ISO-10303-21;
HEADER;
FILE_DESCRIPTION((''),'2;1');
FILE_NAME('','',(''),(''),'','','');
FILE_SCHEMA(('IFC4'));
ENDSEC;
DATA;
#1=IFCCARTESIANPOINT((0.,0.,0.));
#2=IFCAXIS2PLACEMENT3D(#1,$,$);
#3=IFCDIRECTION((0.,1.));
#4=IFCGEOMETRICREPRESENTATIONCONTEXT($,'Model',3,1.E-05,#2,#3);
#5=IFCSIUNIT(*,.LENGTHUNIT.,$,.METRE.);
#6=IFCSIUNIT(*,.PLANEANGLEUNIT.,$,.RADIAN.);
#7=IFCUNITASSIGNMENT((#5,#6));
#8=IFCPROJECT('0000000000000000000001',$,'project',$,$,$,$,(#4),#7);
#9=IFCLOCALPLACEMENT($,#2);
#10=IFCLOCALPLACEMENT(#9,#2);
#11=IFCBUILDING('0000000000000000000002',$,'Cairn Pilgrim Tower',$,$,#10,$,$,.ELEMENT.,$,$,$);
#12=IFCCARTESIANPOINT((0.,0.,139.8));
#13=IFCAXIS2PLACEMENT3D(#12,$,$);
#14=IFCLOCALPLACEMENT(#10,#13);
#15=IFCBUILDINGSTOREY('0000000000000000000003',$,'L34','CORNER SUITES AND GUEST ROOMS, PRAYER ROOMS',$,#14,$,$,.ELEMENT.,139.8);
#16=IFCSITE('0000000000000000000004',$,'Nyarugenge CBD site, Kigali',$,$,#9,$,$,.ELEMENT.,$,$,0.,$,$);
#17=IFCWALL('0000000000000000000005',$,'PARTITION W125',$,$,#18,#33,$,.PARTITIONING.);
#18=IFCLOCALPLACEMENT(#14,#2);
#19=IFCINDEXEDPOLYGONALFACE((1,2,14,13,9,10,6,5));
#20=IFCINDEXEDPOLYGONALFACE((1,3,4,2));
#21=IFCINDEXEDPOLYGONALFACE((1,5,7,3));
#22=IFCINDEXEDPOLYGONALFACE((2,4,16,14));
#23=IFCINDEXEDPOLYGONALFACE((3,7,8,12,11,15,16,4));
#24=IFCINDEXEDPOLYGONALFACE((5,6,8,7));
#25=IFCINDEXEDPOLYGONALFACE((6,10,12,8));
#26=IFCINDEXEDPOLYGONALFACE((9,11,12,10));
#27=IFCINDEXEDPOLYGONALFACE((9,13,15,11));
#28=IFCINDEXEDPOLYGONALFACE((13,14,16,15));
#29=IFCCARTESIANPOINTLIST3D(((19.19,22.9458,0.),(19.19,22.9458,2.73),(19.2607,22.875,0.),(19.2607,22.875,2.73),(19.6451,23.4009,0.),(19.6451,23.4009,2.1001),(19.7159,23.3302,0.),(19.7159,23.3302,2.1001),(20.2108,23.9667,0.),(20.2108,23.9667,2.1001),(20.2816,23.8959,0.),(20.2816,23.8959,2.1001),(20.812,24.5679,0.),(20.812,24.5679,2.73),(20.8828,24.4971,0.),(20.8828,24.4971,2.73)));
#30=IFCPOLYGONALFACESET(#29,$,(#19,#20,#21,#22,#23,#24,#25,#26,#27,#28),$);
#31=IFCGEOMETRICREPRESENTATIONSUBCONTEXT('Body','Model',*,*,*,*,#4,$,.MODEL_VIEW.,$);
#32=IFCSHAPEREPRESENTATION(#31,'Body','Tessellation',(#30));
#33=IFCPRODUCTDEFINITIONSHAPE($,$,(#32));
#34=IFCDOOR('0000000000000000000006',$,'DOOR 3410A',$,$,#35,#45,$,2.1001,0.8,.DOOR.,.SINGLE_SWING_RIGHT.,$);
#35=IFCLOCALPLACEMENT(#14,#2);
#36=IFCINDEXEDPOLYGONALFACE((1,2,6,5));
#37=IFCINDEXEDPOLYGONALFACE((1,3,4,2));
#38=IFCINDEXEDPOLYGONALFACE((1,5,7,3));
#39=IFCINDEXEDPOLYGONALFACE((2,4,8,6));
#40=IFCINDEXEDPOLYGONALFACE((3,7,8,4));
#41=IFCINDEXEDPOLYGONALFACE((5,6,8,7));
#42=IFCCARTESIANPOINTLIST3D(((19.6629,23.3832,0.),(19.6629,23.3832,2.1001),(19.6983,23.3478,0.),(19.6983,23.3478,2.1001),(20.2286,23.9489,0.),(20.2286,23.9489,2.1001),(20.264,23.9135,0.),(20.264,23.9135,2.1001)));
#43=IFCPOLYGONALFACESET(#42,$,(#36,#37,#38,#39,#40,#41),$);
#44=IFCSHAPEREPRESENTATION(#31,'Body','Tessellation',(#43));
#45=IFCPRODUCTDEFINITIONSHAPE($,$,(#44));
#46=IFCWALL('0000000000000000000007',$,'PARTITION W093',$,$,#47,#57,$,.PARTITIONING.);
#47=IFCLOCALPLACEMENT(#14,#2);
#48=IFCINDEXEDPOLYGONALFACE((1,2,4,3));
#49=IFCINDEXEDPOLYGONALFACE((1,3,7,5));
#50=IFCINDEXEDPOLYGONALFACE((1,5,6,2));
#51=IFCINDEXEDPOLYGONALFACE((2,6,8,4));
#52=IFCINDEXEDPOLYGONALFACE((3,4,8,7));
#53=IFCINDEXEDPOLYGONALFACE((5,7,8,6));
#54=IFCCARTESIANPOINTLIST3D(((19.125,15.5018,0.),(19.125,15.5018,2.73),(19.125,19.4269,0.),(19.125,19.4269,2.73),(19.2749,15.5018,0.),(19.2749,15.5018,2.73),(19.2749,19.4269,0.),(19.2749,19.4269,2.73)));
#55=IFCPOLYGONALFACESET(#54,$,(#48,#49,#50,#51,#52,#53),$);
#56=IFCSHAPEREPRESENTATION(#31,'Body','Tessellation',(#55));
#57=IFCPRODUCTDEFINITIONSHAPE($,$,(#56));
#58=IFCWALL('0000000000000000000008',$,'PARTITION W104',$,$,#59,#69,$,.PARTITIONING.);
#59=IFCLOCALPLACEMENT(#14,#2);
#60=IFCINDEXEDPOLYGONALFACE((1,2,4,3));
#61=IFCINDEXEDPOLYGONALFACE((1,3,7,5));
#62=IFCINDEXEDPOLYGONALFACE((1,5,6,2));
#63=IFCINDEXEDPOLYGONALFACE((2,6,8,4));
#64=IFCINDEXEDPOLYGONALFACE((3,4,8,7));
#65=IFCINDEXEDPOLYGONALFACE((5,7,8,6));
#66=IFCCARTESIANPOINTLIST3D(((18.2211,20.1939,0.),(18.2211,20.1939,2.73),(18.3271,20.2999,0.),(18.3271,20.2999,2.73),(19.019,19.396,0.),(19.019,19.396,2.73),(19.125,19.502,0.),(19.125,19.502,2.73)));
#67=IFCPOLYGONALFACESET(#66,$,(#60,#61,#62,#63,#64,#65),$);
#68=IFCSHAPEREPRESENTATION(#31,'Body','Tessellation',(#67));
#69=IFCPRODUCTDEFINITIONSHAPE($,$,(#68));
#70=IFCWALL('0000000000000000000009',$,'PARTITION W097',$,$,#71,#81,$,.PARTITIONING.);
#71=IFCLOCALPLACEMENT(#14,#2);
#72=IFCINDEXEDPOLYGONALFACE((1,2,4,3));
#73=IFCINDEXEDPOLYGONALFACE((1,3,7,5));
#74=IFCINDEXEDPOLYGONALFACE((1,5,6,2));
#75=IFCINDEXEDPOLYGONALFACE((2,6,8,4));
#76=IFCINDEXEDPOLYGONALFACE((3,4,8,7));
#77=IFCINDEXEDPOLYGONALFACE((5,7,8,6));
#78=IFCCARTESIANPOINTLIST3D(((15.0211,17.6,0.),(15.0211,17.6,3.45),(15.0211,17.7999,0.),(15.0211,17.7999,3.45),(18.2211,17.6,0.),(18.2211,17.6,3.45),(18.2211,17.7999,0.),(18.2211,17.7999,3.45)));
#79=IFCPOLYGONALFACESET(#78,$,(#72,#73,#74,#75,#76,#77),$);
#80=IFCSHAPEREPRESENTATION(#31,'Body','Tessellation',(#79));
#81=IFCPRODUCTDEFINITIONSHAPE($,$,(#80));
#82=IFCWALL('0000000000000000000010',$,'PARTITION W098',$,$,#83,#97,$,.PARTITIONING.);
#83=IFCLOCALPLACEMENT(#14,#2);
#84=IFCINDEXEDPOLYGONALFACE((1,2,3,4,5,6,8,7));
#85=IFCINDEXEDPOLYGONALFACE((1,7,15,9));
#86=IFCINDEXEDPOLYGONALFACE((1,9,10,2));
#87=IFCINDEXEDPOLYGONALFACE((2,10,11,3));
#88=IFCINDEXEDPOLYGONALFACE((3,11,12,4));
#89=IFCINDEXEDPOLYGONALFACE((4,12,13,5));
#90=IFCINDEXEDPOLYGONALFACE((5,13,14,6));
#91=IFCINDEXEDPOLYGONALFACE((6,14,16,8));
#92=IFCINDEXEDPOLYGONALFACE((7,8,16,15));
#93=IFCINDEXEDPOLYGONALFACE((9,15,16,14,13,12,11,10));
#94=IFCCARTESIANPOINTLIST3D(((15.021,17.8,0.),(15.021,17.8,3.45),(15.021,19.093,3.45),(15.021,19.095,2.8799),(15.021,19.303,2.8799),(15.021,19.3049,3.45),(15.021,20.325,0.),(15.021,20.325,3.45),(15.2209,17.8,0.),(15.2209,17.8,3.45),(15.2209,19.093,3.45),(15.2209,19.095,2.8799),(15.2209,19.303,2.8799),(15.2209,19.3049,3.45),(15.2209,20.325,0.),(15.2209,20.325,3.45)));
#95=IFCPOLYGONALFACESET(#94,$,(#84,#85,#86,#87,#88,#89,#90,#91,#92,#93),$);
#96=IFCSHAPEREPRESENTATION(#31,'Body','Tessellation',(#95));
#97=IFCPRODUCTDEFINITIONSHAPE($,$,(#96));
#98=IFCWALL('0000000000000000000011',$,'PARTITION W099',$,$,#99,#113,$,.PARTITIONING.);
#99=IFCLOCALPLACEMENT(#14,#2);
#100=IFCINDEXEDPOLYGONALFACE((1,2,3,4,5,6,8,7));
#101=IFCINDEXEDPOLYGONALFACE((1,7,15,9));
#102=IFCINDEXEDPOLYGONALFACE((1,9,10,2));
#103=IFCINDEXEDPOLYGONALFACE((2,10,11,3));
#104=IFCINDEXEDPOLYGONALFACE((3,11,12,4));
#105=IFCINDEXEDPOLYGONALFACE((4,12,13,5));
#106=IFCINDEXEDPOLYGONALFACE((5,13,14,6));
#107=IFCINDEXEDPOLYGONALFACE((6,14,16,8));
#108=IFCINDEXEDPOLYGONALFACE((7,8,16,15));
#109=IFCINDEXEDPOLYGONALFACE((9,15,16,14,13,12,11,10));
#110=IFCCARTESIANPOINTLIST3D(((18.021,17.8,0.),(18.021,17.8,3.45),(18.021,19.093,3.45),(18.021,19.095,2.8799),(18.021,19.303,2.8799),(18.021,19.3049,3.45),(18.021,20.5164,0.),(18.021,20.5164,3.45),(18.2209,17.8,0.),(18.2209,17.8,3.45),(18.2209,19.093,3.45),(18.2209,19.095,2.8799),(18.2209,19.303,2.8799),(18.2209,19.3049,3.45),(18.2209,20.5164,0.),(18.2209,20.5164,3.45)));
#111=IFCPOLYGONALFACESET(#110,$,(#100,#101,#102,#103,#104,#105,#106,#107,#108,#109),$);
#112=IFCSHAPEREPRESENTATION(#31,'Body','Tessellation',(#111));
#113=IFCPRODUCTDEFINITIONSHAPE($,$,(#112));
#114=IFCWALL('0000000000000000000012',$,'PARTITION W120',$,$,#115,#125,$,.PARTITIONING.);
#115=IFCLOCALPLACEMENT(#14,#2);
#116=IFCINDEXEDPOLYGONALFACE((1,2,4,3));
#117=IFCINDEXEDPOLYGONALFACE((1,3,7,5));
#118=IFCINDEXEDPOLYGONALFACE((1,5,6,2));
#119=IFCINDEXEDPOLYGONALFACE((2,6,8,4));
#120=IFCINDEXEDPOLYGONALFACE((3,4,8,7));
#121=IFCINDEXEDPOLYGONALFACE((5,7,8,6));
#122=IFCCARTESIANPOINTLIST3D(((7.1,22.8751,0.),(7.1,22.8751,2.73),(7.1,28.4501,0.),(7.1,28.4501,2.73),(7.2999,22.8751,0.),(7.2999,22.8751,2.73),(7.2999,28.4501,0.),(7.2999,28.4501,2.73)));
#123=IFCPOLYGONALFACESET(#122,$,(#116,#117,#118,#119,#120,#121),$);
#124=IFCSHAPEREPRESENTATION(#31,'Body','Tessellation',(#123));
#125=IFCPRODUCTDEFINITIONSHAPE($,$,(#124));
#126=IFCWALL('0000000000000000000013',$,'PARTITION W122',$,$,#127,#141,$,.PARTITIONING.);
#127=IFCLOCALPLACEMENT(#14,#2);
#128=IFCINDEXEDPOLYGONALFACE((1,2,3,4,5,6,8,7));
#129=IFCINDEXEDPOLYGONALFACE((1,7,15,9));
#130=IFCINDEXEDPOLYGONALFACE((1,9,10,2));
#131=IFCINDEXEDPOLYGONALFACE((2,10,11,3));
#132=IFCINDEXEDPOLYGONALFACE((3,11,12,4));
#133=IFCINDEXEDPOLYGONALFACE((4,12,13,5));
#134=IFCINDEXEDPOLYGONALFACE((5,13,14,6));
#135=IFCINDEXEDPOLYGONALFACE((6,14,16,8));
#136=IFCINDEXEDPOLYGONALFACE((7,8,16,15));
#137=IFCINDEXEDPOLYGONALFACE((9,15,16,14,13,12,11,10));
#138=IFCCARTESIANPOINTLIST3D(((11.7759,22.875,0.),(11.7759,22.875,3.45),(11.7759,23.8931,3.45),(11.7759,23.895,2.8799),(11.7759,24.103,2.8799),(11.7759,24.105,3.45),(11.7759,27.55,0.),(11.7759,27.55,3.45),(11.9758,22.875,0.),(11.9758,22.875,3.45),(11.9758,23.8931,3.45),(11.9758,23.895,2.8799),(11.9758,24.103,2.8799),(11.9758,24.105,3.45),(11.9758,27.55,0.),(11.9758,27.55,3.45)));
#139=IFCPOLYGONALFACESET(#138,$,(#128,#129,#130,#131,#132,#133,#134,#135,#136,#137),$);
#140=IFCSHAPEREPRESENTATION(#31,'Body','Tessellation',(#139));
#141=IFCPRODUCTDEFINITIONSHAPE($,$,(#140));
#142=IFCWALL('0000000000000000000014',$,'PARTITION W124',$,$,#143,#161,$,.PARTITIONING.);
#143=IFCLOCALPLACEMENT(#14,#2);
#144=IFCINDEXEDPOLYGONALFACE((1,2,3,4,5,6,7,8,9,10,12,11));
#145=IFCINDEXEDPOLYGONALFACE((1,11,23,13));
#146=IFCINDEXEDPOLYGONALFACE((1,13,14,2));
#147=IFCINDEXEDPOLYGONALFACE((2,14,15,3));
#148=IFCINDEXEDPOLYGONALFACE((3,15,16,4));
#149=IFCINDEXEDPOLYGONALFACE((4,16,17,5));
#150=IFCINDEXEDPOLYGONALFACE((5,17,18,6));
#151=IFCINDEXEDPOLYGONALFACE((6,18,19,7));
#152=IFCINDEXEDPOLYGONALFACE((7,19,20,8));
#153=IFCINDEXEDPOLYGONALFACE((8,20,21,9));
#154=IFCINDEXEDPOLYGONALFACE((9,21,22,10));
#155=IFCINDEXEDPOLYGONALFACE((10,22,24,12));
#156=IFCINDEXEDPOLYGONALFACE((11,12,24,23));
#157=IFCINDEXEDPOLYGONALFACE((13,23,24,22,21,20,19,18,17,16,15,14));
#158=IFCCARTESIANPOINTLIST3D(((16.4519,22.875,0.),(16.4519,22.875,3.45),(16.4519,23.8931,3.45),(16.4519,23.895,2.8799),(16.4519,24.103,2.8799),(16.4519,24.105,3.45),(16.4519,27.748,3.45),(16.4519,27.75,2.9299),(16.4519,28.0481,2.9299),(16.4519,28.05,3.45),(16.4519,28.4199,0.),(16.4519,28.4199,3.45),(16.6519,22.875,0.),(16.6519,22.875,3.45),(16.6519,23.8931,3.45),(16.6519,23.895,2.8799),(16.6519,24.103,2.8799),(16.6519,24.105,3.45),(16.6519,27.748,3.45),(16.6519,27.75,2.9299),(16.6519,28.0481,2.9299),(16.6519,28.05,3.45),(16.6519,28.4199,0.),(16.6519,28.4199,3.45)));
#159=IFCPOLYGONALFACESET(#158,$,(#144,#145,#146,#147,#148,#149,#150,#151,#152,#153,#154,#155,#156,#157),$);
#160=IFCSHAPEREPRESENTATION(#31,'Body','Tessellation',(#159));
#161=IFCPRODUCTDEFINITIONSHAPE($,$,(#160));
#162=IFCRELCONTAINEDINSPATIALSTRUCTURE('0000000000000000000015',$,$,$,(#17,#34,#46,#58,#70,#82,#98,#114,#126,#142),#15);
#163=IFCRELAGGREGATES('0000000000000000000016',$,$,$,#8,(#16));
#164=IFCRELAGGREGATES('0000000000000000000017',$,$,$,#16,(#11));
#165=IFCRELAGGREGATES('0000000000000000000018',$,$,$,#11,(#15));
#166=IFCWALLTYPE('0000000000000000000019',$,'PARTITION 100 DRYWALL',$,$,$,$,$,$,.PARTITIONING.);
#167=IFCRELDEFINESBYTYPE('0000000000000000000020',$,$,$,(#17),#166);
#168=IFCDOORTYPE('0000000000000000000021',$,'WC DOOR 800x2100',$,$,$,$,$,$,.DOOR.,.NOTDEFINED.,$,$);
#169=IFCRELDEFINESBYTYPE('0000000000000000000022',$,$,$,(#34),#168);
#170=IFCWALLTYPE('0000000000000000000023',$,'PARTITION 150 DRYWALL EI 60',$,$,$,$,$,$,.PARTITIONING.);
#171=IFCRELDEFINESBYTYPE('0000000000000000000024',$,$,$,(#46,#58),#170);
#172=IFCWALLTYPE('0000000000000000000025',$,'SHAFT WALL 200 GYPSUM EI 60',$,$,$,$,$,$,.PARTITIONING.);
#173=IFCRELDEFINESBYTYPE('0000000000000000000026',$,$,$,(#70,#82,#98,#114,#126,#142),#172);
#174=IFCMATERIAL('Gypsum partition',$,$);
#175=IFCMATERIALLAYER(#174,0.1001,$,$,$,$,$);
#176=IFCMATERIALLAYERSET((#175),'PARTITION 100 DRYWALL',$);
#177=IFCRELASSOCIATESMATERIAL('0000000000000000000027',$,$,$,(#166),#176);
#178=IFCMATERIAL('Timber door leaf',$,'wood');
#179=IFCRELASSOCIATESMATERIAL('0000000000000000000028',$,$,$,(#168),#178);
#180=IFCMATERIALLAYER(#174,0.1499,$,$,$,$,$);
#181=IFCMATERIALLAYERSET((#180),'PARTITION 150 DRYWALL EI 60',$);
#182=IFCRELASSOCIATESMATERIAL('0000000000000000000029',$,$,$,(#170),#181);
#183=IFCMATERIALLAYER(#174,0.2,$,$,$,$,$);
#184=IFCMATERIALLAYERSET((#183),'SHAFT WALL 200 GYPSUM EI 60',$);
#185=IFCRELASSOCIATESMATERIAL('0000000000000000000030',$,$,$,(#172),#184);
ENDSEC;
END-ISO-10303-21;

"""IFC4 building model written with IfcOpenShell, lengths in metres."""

from ifc_helpers import new_model, si_unit, direction, frame, frame_2d, origin, place, context, subcontext, project, spatial, polyline, rectangle, outline, extrude, material, layer, layer_set, type_object, element, fill, save


model = new_model("IFC4")

# Units and contexts
model_context = context("Model", 3, precision=1e-05, world=origin(), true_north=direction((0.0, 1.0)))
body_context = subcontext(model_context, "Body", "Model", "MODEL_VIEW")
ifc_project = project(units=[si_unit("LENGTHUNIT", "METRE"), si_unit("PLANEANGLEUNIT", "RADIAN")], contexts=[model_context])

# Site, building, storey
site_placement = place(None, origin())
site = spatial("IfcSite", under=ifc_project, at=site_placement, Name="Nyarugenge CBD site, Kigali", CompositionType="ELEMENT", RefElevation=0.0)
building_placement = place(site_placement, origin())
building = spatial("IfcBuilding", under=site, at=building_placement, Name="Cairn Pilgrim Tower", CompositionType="ELEMENT")
storey_placement = place(building_placement, frame((0.0, 0.0, 139.8)))
storey = spatial("IfcBuildingStorey", under=building, at=storey_placement, Name="L34", Description="CORNER SUITES AND GUEST ROOMS, PRAYER ROOMS", CompositionType="ELEMENT", Elevation=139.8)

# Shared definitions
ifc_material_1 = material(Name="Gypsum partition")
ifc_layer_1 = layer(ifc_material_1, 0.1001)
ifc_layer_set_1 = layer_set([ifc_layer_1], Name="PARTITION 100 DRYWALL")
wall_type_1 = type_object("IfcWallType", Name="PARTITION 100 DRYWALL", PredefinedType="PARTITIONING", material=ifc_layer_set_1)

# Wall, opening, door
wall_1_placement = place(storey_placement, frame((19.2253, 22.9104, 0.0), z_axis=(0.0, 0.0, 1.0), x_axis=(0.707107, 0.707107, 0.0)))
wall_1 = element("IfcWall", 1, at=wall_1_placement, inside=storey, type_object=wall_type_1, Name="PARTITION W125", PredefinedType="PARTITIONING", context=body_context, shape_type="SweptSolid", body=[
    extrude(rectangle(XDim=2.2939, YDim=0.1001, at=frame_2d((1.147, 0.0))), origin(), (0.0, 0.0, 1.0), 2.73),
])
opening_placement = place(wall_1_placement, frame((0.6438, 0.0, 0.0)))
opening = element("IfcOpeningElement", 2, at=opening_placement, cuts=wall_1, PredefinedType="OPENING", context=body_context, shape_type="SweptSolid", body=[
    extrude(rectangle(XDim=0.8, YDim=2.1001, at=frame_2d((0.3999, 1.05))), frame((0.0, 0.0601, 0.0), z_axis=(0.0, -1.0, 0.0), x_axis=(1.0, 0.0, 0.0)), (0.0, 0.0, 1.0), 0.1201),
])
ifc_material_2 = material(Name="Timber door leaf", Category="wood")
door_type = type_object("IfcDoorType", Name="WC DOOR 800x2100", OperationType="NOTDEFINED", PredefinedType="DOOR", material=ifc_material_2)
door_placement = place(opening_placement, origin())
door = element("IfcDoor", 3, at=door_placement, inside=storey, type_object=door_type, Name="DOOR 3410A", OperationType="SINGLE_SWING_RIGHT", OverallHeight=2.1001, OverallWidth=0.8, PredefinedType="DOOR", context=body_context, shape_type="SweptSolid", body=[
    extrude(rectangle(XDim=0.8, YDim=2.1001, at=frame_2d((0.3999, 1.05))), frame((0.0, 0.0249, 0.0), z_axis=(0.0, -1.0, 0.0), x_axis=(1.0, 0.0, 0.0)), (0.0, 0.0, 1.0), 0.05),
])
fill(opening, door)

# Walls
ifc_layer_2 = layer(ifc_material_1, 0.1499)
ifc_layer_set_2 = layer_set([ifc_layer_2], Name="PARTITION 150 DRYWALL EI 60")
wall_type_2 = type_object("IfcWallType", Name="PARTITION 150 DRYWALL EI 60", PredefinedType="PARTITIONING", material=ifc_layer_set_2)
wall_2_placement = place(storey_placement, frame((19.2, 15.502, 0.0), z_axis=(0.0, 0.0, 1.0), x_axis=(0.0, 1.0, 0.0)))
element("IfcWall", 4, at=wall_2_placement, inside=storey, type_object=wall_type_2, Name="PARTITION W093", PredefinedType="PARTITIONING", context=body_context, shape_type="SweptSolid", body=[
    extrude(rectangle(XDim=3.925, YDim=0.1499, at=frame_2d((1.9624, 0.0))), origin(), (0.0, 0.0, 1.0), 2.73),
])
wall_3_placement = place(storey_placement, frame((19.072, 19.449, 0.0), z_axis=(0.0, 0.0, 1.0), x_axis=(-0.707107, 0.707107, 0.0)))
element("IfcWall", 5, at=wall_3_placement, inside=storey, type_object=wall_type_2, Name="PARTITION W104", PredefinedType="PARTITIONING", context=body_context, shape_type="SweptSolid", body=[
    extrude(rectangle(XDim=1.1284, YDim=0.1499, at=frame_2d((0.5642, 0.0))), origin(), (0.0, 0.0, 1.0), 2.73),
])
ifc_layer_3 = layer(ifc_material_1, 0.2)
ifc_layer_set_3 = layer_set([ifc_layer_3], Name="SHAFT WALL 200 GYPSUM EI 60")
wall_type_3 = type_object("IfcWallType", Name="SHAFT WALL 200 GYPSUM EI 60", PredefinedType="PARTITIONING", material=ifc_layer_set_3)
wall_4_placement = place(storey_placement, frame((15.021, 17.7, 0.0), z_axis=(0.0, 0.0, 1.0), x_axis=(1.0, 0.0, 0.0)))
element("IfcWall", 6, at=wall_4_placement, inside=storey, type_object=wall_type_3, Name="PARTITION W097", PredefinedType="PARTITIONING", context=body_context, shape_type="SweptSolid", body=[
    extrude(rectangle(XDim=3.2, YDim=0.2, at=frame_2d((1.6001, 0.0))), origin(), (0.0, 0.0, 1.0), 3.45),
])
wall_5_placement = place(storey_placement, frame((15.1211, 17.8, 0.0), z_axis=(0.0, 0.0, 1.0), x_axis=(0.0, 1.0, 0.0)))
element("IfcWall", 7, at=wall_5_placement, inside=storey, type_object=wall_type_3, Name="PARTITION W098", PredefinedType="PARTITIONING", context=body_context, shape_type="SweptSolid", body=[
    extrude(outline(polyline([(0.0, 0.0), (2.5249, 0.0), (2.5249, 3.45), (1.5049, 3.45), (1.5029, 2.8799), (1.2949, 2.8799), (1.293, 3.45), (0.0, 3.45), (0.0, 0.0)])), frame((0.0, 0.1001, 0.0), z_axis=(0.0, -1.0, 0.0), x_axis=(1.0, 0.0, 0.0)), (0.0, 0.0, 1.0), 0.2),
])
wall_6_placement = place(storey_placement, frame((18.1211, 17.8, 0.0), z_axis=(0.0, 0.0, 1.0), x_axis=(0.0, 1.0, 0.0)))
element("IfcWall", 8, at=wall_6_placement, inside=storey, type_object=wall_type_3, Name="PARTITION W099", PredefinedType="PARTITIONING", context=body_context, shape_type="SweptSolid", body=[
    extrude(outline(polyline([(0.0, 0.0), (2.7163, 0.0), (2.7163, 3.45), (1.5049, 3.45), (1.5029, 2.8799), (1.2949, 2.8799), (1.293, 3.45), (0.0, 3.45), (0.0, 0.0)])), frame((0.0, 0.1001, 0.0), z_axis=(0.0, -1.0, 0.0), x_axis=(1.0, 0.0, 0.0)), (0.0, 0.0, 1.0), 0.2),
])
wall_7_placement = place(storey_placement, frame((7.2, 22.875, 0.0), z_axis=(0.0, 0.0, 1.0), x_axis=(0.0, 1.0, 0.0)))
element("IfcWall", 9, at=wall_7_placement, inside=storey, type_object=wall_type_3, Name="PARTITION W120", PredefinedType="PARTITIONING", context=body_context, shape_type="SweptSolid", body=[
    extrude(rectangle(XDim=5.575, YDim=0.2, at=frame_2d((2.7876, 0.0))), origin(), (0.0, 0.0, 1.0), 2.73),
])
wall_8_placement = place(storey_placement, frame((11.876, 22.875, 0.0), z_axis=(0.0, 0.0, 1.0), x_axis=(0.0, 1.0, 0.0)))
element("IfcWall", 10, at=wall_8_placement, inside=storey, type_object=wall_type_3, Name="PARTITION W122", PredefinedType="PARTITIONING", context=body_context, shape_type="SweptSolid", body=[
    extrude(outline(polyline([(0.0, 0.0), (4.675, 0.0), (4.675, 3.45), (1.23, 3.45), (1.228, 2.8799), (1.02, 2.8799), (1.0181, 3.45), (0.0, 3.45), (0.0, 0.0)])), frame((0.0, 0.1001, 0.0), z_axis=(0.0, -1.0, 0.0), x_axis=(1.0, 0.0, 0.0)), (0.0, 0.0, 1.0), 0.2),
])
wall_9_placement = place(storey_placement, frame((16.552, 22.875, 0.0), z_axis=(0.0, 0.0, 1.0), x_axis=(0.0, 1.0, 0.0)))
element("IfcWall", 11, at=wall_9_placement, inside=storey, type_object=wall_type_3, Name="PARTITION W124", PredefinedType="PARTITIONING", context=body_context, shape_type="SweptSolid", body=[
    extrude(outline(polyline([(0.0, 0.0), (5.5449, 0.0), (5.5449, 3.45), (5.175, 3.45), (5.1731, 2.9299), (4.875, 2.9299), (4.873, 3.45), (1.23, 3.45), (1.228, 2.8799), (1.02, 2.8799), (1.0181, 3.45), (0.0, 3.45), (0.0, 0.0)])), frame((0.0, 0.1001, 0.0), z_axis=(0.0, -1.0, 0.0), x_axis=(1.0, 0.0, 0.0)), (0.0, 0.0, 1.0), 0.2),
])

save(model, "model.ifc")
